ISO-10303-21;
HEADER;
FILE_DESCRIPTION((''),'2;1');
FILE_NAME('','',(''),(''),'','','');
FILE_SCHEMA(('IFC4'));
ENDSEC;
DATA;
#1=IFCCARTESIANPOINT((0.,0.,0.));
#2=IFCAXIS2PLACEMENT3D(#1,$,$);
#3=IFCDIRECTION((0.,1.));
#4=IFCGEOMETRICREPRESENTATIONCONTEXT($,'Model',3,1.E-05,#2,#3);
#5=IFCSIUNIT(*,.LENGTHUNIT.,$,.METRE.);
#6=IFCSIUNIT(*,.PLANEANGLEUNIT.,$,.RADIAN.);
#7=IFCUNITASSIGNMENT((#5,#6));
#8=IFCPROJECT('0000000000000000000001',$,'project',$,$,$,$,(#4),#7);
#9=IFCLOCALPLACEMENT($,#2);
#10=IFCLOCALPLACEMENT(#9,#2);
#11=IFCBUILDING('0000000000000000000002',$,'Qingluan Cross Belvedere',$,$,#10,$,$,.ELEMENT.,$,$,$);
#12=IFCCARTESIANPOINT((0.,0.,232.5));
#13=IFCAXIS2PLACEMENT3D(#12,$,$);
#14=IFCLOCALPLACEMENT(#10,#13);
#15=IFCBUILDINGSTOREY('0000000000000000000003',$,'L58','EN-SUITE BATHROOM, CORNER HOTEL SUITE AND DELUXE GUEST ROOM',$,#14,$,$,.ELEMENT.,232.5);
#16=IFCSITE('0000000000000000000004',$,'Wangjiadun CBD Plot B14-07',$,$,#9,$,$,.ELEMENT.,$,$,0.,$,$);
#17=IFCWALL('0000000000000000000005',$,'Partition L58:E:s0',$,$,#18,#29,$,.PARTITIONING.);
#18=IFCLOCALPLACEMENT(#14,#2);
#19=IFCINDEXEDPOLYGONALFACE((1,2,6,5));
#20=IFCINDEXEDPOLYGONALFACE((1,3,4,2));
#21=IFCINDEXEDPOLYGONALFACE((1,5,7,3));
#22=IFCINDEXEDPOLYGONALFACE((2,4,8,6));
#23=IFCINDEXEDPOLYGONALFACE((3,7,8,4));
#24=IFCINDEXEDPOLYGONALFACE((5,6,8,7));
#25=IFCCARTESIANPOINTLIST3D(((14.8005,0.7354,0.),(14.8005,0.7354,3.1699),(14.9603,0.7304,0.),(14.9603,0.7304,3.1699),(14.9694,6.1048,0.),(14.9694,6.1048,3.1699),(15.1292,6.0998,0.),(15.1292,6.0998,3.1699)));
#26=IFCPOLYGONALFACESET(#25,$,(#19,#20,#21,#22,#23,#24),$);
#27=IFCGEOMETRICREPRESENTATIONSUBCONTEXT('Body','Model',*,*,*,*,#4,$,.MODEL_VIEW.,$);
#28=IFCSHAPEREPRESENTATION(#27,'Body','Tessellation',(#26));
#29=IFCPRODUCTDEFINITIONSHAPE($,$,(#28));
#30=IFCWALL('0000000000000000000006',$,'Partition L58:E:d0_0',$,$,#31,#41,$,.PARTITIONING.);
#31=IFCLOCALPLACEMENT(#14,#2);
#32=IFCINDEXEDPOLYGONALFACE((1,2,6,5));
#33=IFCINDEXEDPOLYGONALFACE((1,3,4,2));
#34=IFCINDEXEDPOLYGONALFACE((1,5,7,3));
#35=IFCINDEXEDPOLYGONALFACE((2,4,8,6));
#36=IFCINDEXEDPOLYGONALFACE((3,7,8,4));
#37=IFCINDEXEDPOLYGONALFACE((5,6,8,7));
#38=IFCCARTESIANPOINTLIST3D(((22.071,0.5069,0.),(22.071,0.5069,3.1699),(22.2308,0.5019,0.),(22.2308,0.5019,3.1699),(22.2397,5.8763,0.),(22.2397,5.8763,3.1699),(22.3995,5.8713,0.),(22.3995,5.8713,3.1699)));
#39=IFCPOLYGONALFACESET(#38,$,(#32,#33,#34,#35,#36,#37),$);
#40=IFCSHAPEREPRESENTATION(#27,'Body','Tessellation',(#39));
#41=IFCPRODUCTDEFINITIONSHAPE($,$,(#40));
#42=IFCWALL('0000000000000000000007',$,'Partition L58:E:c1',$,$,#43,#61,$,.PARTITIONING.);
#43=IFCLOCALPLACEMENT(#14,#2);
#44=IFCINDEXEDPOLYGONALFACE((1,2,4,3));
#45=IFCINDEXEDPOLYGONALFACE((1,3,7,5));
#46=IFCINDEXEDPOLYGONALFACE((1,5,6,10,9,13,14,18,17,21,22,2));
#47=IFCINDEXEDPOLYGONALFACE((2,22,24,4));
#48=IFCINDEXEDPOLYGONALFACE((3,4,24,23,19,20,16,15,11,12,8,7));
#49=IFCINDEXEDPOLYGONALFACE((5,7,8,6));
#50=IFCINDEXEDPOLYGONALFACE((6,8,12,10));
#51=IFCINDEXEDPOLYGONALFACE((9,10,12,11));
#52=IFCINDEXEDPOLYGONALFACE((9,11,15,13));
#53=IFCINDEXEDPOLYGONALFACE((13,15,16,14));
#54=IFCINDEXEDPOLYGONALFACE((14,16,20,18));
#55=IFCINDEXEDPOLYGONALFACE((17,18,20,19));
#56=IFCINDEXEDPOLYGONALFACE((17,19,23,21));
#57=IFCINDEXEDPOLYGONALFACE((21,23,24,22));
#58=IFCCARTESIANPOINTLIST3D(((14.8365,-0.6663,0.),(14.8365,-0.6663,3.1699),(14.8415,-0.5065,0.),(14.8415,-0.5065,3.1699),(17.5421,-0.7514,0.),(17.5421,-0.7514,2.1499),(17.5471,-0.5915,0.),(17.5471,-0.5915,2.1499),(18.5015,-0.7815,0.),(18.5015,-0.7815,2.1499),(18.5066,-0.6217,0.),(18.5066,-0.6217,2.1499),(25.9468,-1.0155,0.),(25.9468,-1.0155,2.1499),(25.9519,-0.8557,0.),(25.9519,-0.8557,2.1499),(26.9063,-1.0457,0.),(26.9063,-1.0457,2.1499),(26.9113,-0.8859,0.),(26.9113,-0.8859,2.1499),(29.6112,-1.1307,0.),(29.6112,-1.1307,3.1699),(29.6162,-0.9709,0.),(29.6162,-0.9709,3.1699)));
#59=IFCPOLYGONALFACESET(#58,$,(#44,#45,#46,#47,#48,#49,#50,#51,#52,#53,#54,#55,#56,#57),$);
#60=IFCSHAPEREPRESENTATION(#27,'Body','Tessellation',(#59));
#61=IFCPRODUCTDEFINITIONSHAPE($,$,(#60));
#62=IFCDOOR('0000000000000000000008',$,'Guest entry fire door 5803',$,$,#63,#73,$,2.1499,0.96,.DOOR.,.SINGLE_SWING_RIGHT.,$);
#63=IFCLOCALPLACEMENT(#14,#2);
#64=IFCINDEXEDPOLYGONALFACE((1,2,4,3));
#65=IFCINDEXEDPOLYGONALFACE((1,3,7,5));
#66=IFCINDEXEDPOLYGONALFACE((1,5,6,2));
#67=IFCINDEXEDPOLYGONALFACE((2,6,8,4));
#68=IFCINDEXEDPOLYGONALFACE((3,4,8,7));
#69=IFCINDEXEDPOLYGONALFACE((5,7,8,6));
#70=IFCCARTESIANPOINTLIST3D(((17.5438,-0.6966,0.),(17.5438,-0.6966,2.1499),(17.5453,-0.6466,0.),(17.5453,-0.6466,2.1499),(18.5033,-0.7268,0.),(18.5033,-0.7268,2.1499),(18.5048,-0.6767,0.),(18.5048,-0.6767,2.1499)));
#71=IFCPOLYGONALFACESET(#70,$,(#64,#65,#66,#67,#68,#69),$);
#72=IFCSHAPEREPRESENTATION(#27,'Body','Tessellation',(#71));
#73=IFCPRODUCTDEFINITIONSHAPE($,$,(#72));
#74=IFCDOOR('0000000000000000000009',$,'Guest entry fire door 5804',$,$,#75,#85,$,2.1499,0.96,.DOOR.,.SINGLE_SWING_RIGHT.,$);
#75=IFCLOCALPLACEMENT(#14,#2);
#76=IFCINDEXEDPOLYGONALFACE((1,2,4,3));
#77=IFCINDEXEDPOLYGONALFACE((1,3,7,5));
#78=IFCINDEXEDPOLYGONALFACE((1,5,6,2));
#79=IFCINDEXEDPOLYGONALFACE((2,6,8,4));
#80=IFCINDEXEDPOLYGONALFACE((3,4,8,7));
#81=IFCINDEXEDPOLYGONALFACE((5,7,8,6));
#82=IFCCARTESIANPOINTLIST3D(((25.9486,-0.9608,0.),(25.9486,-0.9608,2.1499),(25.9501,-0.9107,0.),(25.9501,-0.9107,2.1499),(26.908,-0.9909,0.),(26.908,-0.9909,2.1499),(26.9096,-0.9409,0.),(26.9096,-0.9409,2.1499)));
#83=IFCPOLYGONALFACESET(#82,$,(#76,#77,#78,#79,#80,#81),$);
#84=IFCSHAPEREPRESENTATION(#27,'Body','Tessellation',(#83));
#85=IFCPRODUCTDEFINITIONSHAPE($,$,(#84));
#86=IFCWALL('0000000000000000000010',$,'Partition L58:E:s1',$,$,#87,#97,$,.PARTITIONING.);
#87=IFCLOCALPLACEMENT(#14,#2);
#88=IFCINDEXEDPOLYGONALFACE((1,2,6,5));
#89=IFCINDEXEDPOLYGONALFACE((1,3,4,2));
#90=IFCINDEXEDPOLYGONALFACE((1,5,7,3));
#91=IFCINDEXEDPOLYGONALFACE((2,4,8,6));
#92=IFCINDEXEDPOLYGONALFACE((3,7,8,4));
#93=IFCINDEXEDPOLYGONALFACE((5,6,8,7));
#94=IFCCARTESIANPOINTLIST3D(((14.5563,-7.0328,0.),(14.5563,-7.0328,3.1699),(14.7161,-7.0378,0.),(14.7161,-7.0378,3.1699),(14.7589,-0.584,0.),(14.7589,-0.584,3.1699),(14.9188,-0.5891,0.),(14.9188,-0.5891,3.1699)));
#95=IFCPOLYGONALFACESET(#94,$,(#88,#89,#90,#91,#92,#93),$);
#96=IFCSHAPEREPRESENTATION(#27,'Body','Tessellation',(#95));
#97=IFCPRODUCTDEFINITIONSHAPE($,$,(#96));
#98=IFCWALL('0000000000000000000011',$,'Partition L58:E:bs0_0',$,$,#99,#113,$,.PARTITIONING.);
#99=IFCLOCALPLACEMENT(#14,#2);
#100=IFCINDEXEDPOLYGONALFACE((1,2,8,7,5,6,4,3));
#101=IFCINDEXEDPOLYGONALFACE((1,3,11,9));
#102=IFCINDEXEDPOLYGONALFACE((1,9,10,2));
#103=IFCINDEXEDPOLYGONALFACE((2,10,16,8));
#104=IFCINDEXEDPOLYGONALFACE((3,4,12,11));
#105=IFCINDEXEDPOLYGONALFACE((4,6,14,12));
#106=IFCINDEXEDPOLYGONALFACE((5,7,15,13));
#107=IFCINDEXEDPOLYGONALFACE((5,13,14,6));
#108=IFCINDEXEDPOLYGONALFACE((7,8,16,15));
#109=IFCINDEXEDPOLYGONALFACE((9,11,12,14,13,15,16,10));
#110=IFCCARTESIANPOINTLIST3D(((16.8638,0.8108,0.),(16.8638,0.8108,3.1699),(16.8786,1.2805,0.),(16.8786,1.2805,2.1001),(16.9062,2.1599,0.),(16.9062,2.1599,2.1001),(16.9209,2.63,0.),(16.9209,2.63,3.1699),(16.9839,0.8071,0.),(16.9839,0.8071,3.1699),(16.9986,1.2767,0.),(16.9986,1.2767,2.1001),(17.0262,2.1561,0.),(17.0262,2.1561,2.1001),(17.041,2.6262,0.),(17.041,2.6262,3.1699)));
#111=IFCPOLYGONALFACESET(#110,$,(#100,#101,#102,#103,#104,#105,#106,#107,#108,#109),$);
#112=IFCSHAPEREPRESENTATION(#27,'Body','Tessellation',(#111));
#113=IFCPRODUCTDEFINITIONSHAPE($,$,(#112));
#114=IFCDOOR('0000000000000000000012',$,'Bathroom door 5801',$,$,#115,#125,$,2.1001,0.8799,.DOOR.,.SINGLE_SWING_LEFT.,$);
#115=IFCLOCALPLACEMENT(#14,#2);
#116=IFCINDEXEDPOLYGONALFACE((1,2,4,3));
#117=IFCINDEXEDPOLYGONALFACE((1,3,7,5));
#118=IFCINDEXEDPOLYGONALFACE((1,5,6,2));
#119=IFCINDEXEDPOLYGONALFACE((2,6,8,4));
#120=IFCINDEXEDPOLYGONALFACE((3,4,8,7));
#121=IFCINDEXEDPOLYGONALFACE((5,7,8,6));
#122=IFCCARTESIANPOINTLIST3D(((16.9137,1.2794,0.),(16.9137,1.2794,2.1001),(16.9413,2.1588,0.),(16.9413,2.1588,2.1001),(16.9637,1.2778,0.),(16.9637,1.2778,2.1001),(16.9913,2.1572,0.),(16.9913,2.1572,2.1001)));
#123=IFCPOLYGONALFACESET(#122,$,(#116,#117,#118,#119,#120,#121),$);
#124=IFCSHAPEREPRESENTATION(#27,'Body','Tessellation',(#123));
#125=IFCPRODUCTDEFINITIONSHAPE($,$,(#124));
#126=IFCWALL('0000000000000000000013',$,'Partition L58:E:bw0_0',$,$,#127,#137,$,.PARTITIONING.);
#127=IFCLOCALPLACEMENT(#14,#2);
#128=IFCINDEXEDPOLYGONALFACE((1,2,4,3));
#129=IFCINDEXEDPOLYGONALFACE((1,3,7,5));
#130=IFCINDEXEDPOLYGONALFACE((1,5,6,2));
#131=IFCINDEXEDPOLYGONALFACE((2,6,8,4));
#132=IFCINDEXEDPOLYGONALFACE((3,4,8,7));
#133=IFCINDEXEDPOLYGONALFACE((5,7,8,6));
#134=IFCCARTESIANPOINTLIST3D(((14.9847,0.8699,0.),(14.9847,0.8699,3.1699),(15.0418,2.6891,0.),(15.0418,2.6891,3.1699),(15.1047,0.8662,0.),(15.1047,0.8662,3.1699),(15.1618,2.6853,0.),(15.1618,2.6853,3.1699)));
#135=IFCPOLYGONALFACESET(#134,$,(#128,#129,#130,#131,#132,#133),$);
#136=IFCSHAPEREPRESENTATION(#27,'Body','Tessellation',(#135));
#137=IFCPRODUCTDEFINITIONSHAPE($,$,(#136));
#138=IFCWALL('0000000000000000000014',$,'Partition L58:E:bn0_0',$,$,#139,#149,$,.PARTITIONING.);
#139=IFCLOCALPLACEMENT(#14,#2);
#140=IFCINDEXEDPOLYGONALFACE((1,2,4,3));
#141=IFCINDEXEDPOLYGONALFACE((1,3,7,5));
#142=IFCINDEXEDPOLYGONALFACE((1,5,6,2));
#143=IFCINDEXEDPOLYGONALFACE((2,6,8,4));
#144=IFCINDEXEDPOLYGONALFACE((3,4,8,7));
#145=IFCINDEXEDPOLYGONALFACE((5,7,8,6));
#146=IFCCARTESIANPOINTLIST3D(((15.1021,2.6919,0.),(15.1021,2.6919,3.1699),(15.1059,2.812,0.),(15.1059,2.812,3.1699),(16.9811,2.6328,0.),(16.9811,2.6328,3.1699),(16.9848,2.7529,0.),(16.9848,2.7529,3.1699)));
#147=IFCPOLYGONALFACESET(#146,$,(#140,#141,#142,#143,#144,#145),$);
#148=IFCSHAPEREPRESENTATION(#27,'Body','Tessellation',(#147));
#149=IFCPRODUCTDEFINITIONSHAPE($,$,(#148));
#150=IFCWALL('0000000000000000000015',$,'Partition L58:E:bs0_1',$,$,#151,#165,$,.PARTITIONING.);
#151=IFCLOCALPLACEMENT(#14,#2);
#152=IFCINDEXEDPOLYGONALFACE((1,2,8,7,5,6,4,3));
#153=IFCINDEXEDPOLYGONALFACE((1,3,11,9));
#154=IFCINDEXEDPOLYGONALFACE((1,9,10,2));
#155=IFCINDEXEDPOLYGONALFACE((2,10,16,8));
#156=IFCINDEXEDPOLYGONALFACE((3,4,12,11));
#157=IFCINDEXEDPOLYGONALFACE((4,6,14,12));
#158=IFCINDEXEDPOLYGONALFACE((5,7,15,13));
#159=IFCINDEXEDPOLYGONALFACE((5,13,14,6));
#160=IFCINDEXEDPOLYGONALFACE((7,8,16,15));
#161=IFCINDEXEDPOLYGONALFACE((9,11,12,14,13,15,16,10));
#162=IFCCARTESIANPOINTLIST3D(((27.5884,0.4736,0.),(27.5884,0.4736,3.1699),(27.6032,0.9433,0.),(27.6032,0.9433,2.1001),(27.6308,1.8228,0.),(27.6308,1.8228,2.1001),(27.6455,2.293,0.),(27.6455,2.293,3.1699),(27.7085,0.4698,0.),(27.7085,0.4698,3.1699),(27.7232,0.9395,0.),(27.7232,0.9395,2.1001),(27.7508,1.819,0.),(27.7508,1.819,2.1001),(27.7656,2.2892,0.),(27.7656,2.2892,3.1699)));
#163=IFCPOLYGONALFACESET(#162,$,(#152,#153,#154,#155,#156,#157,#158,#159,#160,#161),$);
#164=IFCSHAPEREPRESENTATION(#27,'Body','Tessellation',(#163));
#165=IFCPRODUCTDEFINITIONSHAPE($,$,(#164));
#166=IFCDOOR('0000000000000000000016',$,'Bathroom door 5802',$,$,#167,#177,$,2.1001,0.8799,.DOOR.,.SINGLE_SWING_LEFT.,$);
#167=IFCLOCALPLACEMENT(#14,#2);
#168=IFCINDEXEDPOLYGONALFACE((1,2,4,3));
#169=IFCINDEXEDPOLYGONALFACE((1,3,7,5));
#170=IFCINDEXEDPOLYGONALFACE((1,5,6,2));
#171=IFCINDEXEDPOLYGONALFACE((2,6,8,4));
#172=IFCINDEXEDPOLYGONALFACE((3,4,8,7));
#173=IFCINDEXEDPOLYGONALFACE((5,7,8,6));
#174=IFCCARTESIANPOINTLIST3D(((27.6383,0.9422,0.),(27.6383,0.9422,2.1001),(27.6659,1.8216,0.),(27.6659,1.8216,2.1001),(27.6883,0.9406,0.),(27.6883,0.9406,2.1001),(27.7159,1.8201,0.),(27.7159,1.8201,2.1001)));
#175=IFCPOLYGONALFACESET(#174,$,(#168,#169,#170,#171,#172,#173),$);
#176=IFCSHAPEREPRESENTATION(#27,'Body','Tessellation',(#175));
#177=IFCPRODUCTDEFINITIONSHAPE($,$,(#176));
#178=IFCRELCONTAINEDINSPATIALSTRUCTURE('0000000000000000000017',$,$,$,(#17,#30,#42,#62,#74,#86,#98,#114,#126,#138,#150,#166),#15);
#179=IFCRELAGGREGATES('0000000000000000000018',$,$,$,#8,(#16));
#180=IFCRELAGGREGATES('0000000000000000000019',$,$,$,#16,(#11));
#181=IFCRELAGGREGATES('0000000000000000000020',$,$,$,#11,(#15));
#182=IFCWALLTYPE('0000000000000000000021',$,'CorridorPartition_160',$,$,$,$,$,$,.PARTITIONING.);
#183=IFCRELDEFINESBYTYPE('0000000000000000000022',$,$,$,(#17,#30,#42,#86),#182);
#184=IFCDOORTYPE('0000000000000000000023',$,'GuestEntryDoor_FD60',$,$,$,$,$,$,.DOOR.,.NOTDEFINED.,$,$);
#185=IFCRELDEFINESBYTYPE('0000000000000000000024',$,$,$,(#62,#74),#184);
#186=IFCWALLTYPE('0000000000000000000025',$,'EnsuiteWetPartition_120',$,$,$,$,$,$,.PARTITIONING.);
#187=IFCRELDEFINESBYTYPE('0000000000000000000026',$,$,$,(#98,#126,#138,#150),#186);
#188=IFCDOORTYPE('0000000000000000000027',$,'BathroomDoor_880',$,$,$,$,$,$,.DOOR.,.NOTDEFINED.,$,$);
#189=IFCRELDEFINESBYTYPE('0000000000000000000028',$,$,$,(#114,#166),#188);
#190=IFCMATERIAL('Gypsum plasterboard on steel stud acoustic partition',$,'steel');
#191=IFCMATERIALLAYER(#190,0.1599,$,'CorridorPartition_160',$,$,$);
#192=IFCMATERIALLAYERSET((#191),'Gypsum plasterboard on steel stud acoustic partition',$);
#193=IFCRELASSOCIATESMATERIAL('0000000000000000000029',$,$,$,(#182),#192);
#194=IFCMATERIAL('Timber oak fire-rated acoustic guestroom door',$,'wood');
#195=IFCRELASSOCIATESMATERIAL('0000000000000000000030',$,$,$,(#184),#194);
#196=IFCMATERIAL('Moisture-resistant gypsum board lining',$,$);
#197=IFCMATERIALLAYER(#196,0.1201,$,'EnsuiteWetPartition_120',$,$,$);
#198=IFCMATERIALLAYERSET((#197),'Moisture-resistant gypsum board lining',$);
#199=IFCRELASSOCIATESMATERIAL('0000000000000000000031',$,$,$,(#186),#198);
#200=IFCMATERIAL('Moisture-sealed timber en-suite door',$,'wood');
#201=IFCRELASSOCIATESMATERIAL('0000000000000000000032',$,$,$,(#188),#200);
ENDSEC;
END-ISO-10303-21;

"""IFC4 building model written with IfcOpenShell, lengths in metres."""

from ifc_helpers import new_model, si_unit, direction, frame, frame_2d, origin, place, context, subcontext, project, spatial, rectangle, extrude, material, layer, layer_set, type_object, element, fill, save


model = new_model("IFC4")

# Units and contexts
model_context = context("Model", 3, precision=1e-05, world=origin(), true_north=direction((0.0, 1.0)))
body_context = subcontext(model_context, "Body", "Model", "MODEL_VIEW")
ifc_project = project(units=[si_unit("LENGTHUNIT", "METRE"), si_unit("PLANEANGLEUNIT", "RADIAN")], contexts=[model_context])

# Site, building, storey
site_placement = place(None, origin())
site = spatial("IfcSite", under=ifc_project, at=site_placement, Name="Wangjiadun CBD Plot B14-07", CompositionType="ELEMENT", RefElevation=0.0)
building_placement = place(site_placement, origin())
building = spatial("IfcBuilding", under=site, at=building_placement, Name="Qingluan Cross Belvedere", CompositionType="ELEMENT")
storey_placement = place(building_placement, frame((0.0, 0.0, 232.5)))
storey = spatial("IfcBuildingStorey", under=building, at=storey_placement, Name="L58", Description="EN-SUITE BATHROOM, CORNER HOTEL SUITE AND DELUXE GUEST ROOM", CompositionType="ELEMENT", Elevation=232.5)

# Shared definitions
ifc_material_1 = material(Name="Gypsum plasterboard on steel stud acoustic partition", Category="steel")
ifc_layer_1 = layer(ifc_material_1, 0.1599, Name="CorridorPartition_160")
ifc_layer_set_1 = layer_set([ifc_layer_1], Name="Gypsum plasterboard on steel stud acoustic partition")
wall_type_1 = type_object("IfcWallType", Name="CorridorPartition_160", PredefinedType="PARTITIONING", material=ifc_layer_set_1)

# Shared definitions
ifc_material_2 = material(Name="Timber oak fire-rated acoustic guestroom door", Category="wood")
door_type_1 = type_object("IfcDoorType", Name="GuestEntryDoor_FD60", OperationType="NOTDEFINED", PredefinedType="DOOR", material=ifc_material_2)

# Walls
for number, where, z_axis, x_axis, name in (
    (1, (14.8804, 0.7329, 0.0), (0.0, 0.0, 1.0), (0.031449, 0.999505, 0.0), "Partition L58:E:s0"),
    (2, (22.1509, 0.5044, 0.0), (0.0, 0.0, 1.0), (0.031404, 0.999507, 0.0), "Partition L58:E:d0_0"),
):
    element("IfcWall", number, at=place(storey_placement, frame(where, z_axis=z_axis, x_axis=x_axis)), inside=storey, type_object=wall_type_1, Name=name, PredefinedType="PARTITIONING", context=body_context, shape_type="SweptSolid", body=[
        extrude(rectangle(XDim=5.3721, YDim=0.1599, at=frame_2d((2.686, 0.0))), origin(), (0.0, 0.0, 1.0), 3.1699),
    ])

# Wall, openings, doors
wall_1_placement = place(storey_placement, frame((14.8389, -0.5864, 0.0), z_axis=(0.0, 0.0, 1.0), x_axis=(0.999506, -0.031414, 0.0)))
wall_1 = element("IfcWall", 3, at=wall_1_placement, inside=storey, type_object=wall_type_1, Name="Partition L58:E:c1", PredefinedType="PARTITIONING", context=body_context, shape_type="SweptSolid", body=[
    extrude(rectangle(XDim=14.782, YDim=0.1599, at=frame_2d((7.3911, 0.0))), origin(), (0.0, 0.0, 1.0), 3.1699),
])
opening_1_placement = place(wall_1_placement, frame((2.707, 0.0, 0.0)))
opening_1 = element("IfcOpeningElement", 4, at=opening_1_placement, cuts=wall_1, PredefinedType="OPENING", context=body_context, shape_type="SweptSolid", body=[
    extrude(rectangle(XDim=0.96, YDim=2.1499, at=frame_2d((0.48, 1.075))), frame((0.0, 0.0898, 0.0), z_axis=(0.0, -1.0, 0.0), x_axis=(1.0, 0.0, 0.0)), (0.0, 0.0, 1.0), 0.1799),
])
opening_2_placement = place(wall_1_placement, frame((11.116, 0.0, 0.0)))
opening_2 = element("IfcOpeningElement", 5, at=opening_2_placement, cuts=wall_1, PredefinedType="OPENING", context=body_context, shape_type="SweptSolid", body=[
    extrude(rectangle(XDim=0.96, YDim=2.1499, at=frame_2d((0.48, 1.075))), frame((0.0, 0.0898, 0.0), z_axis=(0.0, -1.0, 0.0), x_axis=(1.0, 0.0, 0.0)), (0.0, 0.0, 1.0), 0.1799),
])
door_1_placement = place(opening_1_placement, origin())
door_1 = element("IfcDoor", 6, at=door_1_placement, inside=storey, type_object=door_type_1, Name="Guest entry fire door 5803", OperationType="SINGLE_SWING_RIGHT", OverallHeight=2.1499, OverallWidth=0.96, PredefinedType="DOOR", context=body_context, shape_type="SweptSolid", body=[
    extrude(rectangle(XDim=0.96, YDim=2.1499, at=frame_2d((0.48, 1.075))), frame((0.0, 0.0249, 0.0), z_axis=(0.0, -1.0, 0.0), x_axis=(1.0, 0.0, 0.0)), (0.0, 0.0, 1.0), 0.05),
])
fill(opening_1, door_1)
door_2_placement = place(opening_2_placement, origin())
door_2 = element("IfcDoor", 7, at=door_2_placement, inside=storey, type_object=door_type_1, Name="Guest entry fire door 5804", OperationType="SINGLE_SWING_RIGHT", OverallHeight=2.1499, OverallWidth=0.96, PredefinedType="DOOR", context=body_context, shape_type="SweptSolid", body=[
    extrude(rectangle(XDim=0.96, YDim=2.1499, at=frame_2d((0.48, 1.075))), frame((0.0, 0.0249, 0.0), z_axis=(0.0, -1.0, 0.0), x_axis=(1.0, 0.0, 0.0)), (0.0, 0.0, 1.0), 0.05),
])
fill(opening_2, door_2)

# Wall
wall_2_placement = place(storey_placement, frame((14.8389, -0.5864, 0.0), z_axis=(0.0, 0.0, 1.0), x_axis=(-0.031407, -0.999507, 0.0)))
element("IfcWall", 8, at=wall_2_placement, inside=storey, type_object=wall_type_1, Name="Partition L58:E:s1", PredefinedType="PARTITIONING", context=body_context, shape_type="SweptSolid", body=[
    extrude(rectangle(XDim=6.4519, YDim=0.1599, at=frame_2d((3.2261, 0.0))), origin(), (0.0, 0.0, 1.0), 3.1699),
])

# Wall, opening, door
ifc_material_3 = material(Name="Moisture-resistant gypsum board lining")
ifc_layer_2 = layer(ifc_material_3, 0.1201, Name="EnsuiteWetPartition_120")
ifc_layer_set_2 = layer_set([ifc_layer_2], Name="Moisture-resistant gypsum board lining")
wall_type_2 = type_object("IfcWallType", Name="EnsuiteWetPartition_120", PredefinedType="PARTITIONING", material=ifc_layer_set_2)
wall_3_placement = place(storey_placement, frame((16.9238, 0.8088, 0.0), z_axis=(0.0, 0.0, 1.0), x_axis=(0.03139, 0.999507, 0.0)))
wall_3 = element("IfcWall", 9, at=wall_3_placement, inside=storey, type_object=wall_type_2, Name="Partition L58:E:bs0_0", PredefinedType="PARTITIONING", context=body_context, shape_type="SweptSolid", body=[
    extrude(rectangle(XDim=1.8201, YDim=0.1201, at=frame_2d((0.9102, 0.0))), origin(), (0.0, 0.0, 1.0), 3.1699),
])
opening_3_placement = place(wall_3_placement, frame((0.47, 0.0, 0.0)))
opening_3 = element("IfcOpeningElement", 10, at=opening_3_placement, cuts=wall_3, PredefinedType="OPENING", context=body_context, shape_type="SweptSolid", body=[
    extrude(rectangle(XDim=0.8799, YDim=2.1001, at=frame_2d((0.4399, 1.05))), frame((0.0, 0.0701, 0.0), z_axis=(0.0, -1.0, 0.0), x_axis=(1.0, 0.0, 0.0)), (0.0, 0.0, 1.0), 0.1401),
])
ifc_material_4 = material(Name="Moisture-sealed timber en-suite door", Category="wood")
door_type_2 = type_object("IfcDoorType", Name="BathroomDoor_880", OperationType="NOTDEFINED", PredefinedType="DOOR", material=ifc_material_4)
door_3_placement = place(opening_3_placement, origin())
door_3 = element("IfcDoor", 11, at=door_3_placement, inside=storey, type_object=door_type_2, Name="Bathroom door 5801", OperationType="SINGLE_SWING_LEFT", OverallHeight=2.1001, OverallWidth=0.8799, PredefinedType="DOOR", context=body_context, shape_type="SweptSolid", body=[
    extrude(rectangle(XDim=0.8799, YDim=2.1001, at=frame_2d((0.4399, 1.05))), frame((0.0, 0.0249, 0.0), z_axis=(0.0, -1.0, 0.0), x_axis=(1.0, 0.0, 0.0)), (0.0, 0.0, 1.0), 0.05),
])
fill(opening_3, door_3)

# Walls
wall_4_placement = place(storey_placement, frame((15.0447, 0.8679, 0.0), z_axis=(0.0, 0.0, 1.0), x_axis=(0.03139, 0.999507, 0.0)))
element("IfcWall", 12, at=wall_4_placement, inside=storey, type_object=wall_type_2, Name="Partition L58:E:bw0_0", PredefinedType="PARTITIONING", context=body_context, shape_type="SweptSolid", body=[
    extrude(rectangle(XDim=1.8201, YDim=0.1201, at=frame_2d((0.9102, 0.0))), origin(), (0.0, 0.0, 1.0), 3.1699),
])
wall_5_placement = place(storey_placement, frame((15.104, 2.752, 0.0), z_axis=(0.0, 0.0, 1.0), x_axis=(0.999506, -0.031429, 0.0)))
element("IfcWall", 13, at=wall_5_placement, inside=storey, type_object=wall_type_2, Name="Partition L58:E:bn0_0", PredefinedType="PARTITIONING", context=body_context, shape_type="SweptSolid", body=[
    extrude(rectangle(XDim=1.8799, YDim=0.1201, at=frame_2d((0.9399, 0.0))), origin(), (0.0, 0.0, 1.0), 3.1699),
])

# Wall, opening, door
wall_6_placement = place(storey_placement, frame((27.6484, 0.4717, 0.0), z_axis=(0.0, 0.0, 1.0), x_axis=(0.031385, 0.999507, 0.0)))
wall_6 = element("IfcWall", 14, at=wall_6_placement, inside=storey, type_object=wall_type_2, Name="Partition L58:E:bs0_1", PredefinedType="PARTITIONING", context=body_context, shape_type="SweptSolid", body=[
    extrude(rectangle(XDim=1.8203, YDim=0.1201, at=frame_2d((0.9102, 0.0))), origin(), (0.0, 0.0, 1.0), 3.1699),
])
opening_4_placement = place(wall_6_placement, frame((0.47, 0.0, 0.0)))
opening_4 = element("IfcOpeningElement", 15, at=opening_4_placement, cuts=wall_6, PredefinedType="OPENING", context=body_context, shape_type="SweptSolid", body=[
    extrude(rectangle(XDim=0.8799, YDim=2.1001, at=frame_2d((0.4399, 1.05))), frame((0.0, 0.0701, 0.0), z_axis=(0.0, -1.0, 0.0), x_axis=(1.0, 0.0, 0.0)), (0.0, 0.0, 1.0), 0.1401),
])
door_4_placement = place(opening_4_placement, origin())
door_4 = element("IfcDoor", 16, at=door_4_placement, inside=storey, type_object=door_type_2, Name="Bathroom door 5802", OperationType="SINGLE_SWING_LEFT", OverallHeight=2.1001, OverallWidth=0.8799, PredefinedType="DOOR", context=body_context, shape_type="SweptSolid", body=[
    extrude(rectangle(XDim=0.8799, YDim=2.1001, at=frame_2d((0.4399, 1.05))), frame((0.0, 0.0249, 0.0), z_axis=(0.0, -1.0, 0.0), x_axis=(1.0, 0.0, 0.0)), (0.0, 0.0, 1.0), 0.05),
])
fill(opening_4, door_4)

save(model, "model.ifc")
